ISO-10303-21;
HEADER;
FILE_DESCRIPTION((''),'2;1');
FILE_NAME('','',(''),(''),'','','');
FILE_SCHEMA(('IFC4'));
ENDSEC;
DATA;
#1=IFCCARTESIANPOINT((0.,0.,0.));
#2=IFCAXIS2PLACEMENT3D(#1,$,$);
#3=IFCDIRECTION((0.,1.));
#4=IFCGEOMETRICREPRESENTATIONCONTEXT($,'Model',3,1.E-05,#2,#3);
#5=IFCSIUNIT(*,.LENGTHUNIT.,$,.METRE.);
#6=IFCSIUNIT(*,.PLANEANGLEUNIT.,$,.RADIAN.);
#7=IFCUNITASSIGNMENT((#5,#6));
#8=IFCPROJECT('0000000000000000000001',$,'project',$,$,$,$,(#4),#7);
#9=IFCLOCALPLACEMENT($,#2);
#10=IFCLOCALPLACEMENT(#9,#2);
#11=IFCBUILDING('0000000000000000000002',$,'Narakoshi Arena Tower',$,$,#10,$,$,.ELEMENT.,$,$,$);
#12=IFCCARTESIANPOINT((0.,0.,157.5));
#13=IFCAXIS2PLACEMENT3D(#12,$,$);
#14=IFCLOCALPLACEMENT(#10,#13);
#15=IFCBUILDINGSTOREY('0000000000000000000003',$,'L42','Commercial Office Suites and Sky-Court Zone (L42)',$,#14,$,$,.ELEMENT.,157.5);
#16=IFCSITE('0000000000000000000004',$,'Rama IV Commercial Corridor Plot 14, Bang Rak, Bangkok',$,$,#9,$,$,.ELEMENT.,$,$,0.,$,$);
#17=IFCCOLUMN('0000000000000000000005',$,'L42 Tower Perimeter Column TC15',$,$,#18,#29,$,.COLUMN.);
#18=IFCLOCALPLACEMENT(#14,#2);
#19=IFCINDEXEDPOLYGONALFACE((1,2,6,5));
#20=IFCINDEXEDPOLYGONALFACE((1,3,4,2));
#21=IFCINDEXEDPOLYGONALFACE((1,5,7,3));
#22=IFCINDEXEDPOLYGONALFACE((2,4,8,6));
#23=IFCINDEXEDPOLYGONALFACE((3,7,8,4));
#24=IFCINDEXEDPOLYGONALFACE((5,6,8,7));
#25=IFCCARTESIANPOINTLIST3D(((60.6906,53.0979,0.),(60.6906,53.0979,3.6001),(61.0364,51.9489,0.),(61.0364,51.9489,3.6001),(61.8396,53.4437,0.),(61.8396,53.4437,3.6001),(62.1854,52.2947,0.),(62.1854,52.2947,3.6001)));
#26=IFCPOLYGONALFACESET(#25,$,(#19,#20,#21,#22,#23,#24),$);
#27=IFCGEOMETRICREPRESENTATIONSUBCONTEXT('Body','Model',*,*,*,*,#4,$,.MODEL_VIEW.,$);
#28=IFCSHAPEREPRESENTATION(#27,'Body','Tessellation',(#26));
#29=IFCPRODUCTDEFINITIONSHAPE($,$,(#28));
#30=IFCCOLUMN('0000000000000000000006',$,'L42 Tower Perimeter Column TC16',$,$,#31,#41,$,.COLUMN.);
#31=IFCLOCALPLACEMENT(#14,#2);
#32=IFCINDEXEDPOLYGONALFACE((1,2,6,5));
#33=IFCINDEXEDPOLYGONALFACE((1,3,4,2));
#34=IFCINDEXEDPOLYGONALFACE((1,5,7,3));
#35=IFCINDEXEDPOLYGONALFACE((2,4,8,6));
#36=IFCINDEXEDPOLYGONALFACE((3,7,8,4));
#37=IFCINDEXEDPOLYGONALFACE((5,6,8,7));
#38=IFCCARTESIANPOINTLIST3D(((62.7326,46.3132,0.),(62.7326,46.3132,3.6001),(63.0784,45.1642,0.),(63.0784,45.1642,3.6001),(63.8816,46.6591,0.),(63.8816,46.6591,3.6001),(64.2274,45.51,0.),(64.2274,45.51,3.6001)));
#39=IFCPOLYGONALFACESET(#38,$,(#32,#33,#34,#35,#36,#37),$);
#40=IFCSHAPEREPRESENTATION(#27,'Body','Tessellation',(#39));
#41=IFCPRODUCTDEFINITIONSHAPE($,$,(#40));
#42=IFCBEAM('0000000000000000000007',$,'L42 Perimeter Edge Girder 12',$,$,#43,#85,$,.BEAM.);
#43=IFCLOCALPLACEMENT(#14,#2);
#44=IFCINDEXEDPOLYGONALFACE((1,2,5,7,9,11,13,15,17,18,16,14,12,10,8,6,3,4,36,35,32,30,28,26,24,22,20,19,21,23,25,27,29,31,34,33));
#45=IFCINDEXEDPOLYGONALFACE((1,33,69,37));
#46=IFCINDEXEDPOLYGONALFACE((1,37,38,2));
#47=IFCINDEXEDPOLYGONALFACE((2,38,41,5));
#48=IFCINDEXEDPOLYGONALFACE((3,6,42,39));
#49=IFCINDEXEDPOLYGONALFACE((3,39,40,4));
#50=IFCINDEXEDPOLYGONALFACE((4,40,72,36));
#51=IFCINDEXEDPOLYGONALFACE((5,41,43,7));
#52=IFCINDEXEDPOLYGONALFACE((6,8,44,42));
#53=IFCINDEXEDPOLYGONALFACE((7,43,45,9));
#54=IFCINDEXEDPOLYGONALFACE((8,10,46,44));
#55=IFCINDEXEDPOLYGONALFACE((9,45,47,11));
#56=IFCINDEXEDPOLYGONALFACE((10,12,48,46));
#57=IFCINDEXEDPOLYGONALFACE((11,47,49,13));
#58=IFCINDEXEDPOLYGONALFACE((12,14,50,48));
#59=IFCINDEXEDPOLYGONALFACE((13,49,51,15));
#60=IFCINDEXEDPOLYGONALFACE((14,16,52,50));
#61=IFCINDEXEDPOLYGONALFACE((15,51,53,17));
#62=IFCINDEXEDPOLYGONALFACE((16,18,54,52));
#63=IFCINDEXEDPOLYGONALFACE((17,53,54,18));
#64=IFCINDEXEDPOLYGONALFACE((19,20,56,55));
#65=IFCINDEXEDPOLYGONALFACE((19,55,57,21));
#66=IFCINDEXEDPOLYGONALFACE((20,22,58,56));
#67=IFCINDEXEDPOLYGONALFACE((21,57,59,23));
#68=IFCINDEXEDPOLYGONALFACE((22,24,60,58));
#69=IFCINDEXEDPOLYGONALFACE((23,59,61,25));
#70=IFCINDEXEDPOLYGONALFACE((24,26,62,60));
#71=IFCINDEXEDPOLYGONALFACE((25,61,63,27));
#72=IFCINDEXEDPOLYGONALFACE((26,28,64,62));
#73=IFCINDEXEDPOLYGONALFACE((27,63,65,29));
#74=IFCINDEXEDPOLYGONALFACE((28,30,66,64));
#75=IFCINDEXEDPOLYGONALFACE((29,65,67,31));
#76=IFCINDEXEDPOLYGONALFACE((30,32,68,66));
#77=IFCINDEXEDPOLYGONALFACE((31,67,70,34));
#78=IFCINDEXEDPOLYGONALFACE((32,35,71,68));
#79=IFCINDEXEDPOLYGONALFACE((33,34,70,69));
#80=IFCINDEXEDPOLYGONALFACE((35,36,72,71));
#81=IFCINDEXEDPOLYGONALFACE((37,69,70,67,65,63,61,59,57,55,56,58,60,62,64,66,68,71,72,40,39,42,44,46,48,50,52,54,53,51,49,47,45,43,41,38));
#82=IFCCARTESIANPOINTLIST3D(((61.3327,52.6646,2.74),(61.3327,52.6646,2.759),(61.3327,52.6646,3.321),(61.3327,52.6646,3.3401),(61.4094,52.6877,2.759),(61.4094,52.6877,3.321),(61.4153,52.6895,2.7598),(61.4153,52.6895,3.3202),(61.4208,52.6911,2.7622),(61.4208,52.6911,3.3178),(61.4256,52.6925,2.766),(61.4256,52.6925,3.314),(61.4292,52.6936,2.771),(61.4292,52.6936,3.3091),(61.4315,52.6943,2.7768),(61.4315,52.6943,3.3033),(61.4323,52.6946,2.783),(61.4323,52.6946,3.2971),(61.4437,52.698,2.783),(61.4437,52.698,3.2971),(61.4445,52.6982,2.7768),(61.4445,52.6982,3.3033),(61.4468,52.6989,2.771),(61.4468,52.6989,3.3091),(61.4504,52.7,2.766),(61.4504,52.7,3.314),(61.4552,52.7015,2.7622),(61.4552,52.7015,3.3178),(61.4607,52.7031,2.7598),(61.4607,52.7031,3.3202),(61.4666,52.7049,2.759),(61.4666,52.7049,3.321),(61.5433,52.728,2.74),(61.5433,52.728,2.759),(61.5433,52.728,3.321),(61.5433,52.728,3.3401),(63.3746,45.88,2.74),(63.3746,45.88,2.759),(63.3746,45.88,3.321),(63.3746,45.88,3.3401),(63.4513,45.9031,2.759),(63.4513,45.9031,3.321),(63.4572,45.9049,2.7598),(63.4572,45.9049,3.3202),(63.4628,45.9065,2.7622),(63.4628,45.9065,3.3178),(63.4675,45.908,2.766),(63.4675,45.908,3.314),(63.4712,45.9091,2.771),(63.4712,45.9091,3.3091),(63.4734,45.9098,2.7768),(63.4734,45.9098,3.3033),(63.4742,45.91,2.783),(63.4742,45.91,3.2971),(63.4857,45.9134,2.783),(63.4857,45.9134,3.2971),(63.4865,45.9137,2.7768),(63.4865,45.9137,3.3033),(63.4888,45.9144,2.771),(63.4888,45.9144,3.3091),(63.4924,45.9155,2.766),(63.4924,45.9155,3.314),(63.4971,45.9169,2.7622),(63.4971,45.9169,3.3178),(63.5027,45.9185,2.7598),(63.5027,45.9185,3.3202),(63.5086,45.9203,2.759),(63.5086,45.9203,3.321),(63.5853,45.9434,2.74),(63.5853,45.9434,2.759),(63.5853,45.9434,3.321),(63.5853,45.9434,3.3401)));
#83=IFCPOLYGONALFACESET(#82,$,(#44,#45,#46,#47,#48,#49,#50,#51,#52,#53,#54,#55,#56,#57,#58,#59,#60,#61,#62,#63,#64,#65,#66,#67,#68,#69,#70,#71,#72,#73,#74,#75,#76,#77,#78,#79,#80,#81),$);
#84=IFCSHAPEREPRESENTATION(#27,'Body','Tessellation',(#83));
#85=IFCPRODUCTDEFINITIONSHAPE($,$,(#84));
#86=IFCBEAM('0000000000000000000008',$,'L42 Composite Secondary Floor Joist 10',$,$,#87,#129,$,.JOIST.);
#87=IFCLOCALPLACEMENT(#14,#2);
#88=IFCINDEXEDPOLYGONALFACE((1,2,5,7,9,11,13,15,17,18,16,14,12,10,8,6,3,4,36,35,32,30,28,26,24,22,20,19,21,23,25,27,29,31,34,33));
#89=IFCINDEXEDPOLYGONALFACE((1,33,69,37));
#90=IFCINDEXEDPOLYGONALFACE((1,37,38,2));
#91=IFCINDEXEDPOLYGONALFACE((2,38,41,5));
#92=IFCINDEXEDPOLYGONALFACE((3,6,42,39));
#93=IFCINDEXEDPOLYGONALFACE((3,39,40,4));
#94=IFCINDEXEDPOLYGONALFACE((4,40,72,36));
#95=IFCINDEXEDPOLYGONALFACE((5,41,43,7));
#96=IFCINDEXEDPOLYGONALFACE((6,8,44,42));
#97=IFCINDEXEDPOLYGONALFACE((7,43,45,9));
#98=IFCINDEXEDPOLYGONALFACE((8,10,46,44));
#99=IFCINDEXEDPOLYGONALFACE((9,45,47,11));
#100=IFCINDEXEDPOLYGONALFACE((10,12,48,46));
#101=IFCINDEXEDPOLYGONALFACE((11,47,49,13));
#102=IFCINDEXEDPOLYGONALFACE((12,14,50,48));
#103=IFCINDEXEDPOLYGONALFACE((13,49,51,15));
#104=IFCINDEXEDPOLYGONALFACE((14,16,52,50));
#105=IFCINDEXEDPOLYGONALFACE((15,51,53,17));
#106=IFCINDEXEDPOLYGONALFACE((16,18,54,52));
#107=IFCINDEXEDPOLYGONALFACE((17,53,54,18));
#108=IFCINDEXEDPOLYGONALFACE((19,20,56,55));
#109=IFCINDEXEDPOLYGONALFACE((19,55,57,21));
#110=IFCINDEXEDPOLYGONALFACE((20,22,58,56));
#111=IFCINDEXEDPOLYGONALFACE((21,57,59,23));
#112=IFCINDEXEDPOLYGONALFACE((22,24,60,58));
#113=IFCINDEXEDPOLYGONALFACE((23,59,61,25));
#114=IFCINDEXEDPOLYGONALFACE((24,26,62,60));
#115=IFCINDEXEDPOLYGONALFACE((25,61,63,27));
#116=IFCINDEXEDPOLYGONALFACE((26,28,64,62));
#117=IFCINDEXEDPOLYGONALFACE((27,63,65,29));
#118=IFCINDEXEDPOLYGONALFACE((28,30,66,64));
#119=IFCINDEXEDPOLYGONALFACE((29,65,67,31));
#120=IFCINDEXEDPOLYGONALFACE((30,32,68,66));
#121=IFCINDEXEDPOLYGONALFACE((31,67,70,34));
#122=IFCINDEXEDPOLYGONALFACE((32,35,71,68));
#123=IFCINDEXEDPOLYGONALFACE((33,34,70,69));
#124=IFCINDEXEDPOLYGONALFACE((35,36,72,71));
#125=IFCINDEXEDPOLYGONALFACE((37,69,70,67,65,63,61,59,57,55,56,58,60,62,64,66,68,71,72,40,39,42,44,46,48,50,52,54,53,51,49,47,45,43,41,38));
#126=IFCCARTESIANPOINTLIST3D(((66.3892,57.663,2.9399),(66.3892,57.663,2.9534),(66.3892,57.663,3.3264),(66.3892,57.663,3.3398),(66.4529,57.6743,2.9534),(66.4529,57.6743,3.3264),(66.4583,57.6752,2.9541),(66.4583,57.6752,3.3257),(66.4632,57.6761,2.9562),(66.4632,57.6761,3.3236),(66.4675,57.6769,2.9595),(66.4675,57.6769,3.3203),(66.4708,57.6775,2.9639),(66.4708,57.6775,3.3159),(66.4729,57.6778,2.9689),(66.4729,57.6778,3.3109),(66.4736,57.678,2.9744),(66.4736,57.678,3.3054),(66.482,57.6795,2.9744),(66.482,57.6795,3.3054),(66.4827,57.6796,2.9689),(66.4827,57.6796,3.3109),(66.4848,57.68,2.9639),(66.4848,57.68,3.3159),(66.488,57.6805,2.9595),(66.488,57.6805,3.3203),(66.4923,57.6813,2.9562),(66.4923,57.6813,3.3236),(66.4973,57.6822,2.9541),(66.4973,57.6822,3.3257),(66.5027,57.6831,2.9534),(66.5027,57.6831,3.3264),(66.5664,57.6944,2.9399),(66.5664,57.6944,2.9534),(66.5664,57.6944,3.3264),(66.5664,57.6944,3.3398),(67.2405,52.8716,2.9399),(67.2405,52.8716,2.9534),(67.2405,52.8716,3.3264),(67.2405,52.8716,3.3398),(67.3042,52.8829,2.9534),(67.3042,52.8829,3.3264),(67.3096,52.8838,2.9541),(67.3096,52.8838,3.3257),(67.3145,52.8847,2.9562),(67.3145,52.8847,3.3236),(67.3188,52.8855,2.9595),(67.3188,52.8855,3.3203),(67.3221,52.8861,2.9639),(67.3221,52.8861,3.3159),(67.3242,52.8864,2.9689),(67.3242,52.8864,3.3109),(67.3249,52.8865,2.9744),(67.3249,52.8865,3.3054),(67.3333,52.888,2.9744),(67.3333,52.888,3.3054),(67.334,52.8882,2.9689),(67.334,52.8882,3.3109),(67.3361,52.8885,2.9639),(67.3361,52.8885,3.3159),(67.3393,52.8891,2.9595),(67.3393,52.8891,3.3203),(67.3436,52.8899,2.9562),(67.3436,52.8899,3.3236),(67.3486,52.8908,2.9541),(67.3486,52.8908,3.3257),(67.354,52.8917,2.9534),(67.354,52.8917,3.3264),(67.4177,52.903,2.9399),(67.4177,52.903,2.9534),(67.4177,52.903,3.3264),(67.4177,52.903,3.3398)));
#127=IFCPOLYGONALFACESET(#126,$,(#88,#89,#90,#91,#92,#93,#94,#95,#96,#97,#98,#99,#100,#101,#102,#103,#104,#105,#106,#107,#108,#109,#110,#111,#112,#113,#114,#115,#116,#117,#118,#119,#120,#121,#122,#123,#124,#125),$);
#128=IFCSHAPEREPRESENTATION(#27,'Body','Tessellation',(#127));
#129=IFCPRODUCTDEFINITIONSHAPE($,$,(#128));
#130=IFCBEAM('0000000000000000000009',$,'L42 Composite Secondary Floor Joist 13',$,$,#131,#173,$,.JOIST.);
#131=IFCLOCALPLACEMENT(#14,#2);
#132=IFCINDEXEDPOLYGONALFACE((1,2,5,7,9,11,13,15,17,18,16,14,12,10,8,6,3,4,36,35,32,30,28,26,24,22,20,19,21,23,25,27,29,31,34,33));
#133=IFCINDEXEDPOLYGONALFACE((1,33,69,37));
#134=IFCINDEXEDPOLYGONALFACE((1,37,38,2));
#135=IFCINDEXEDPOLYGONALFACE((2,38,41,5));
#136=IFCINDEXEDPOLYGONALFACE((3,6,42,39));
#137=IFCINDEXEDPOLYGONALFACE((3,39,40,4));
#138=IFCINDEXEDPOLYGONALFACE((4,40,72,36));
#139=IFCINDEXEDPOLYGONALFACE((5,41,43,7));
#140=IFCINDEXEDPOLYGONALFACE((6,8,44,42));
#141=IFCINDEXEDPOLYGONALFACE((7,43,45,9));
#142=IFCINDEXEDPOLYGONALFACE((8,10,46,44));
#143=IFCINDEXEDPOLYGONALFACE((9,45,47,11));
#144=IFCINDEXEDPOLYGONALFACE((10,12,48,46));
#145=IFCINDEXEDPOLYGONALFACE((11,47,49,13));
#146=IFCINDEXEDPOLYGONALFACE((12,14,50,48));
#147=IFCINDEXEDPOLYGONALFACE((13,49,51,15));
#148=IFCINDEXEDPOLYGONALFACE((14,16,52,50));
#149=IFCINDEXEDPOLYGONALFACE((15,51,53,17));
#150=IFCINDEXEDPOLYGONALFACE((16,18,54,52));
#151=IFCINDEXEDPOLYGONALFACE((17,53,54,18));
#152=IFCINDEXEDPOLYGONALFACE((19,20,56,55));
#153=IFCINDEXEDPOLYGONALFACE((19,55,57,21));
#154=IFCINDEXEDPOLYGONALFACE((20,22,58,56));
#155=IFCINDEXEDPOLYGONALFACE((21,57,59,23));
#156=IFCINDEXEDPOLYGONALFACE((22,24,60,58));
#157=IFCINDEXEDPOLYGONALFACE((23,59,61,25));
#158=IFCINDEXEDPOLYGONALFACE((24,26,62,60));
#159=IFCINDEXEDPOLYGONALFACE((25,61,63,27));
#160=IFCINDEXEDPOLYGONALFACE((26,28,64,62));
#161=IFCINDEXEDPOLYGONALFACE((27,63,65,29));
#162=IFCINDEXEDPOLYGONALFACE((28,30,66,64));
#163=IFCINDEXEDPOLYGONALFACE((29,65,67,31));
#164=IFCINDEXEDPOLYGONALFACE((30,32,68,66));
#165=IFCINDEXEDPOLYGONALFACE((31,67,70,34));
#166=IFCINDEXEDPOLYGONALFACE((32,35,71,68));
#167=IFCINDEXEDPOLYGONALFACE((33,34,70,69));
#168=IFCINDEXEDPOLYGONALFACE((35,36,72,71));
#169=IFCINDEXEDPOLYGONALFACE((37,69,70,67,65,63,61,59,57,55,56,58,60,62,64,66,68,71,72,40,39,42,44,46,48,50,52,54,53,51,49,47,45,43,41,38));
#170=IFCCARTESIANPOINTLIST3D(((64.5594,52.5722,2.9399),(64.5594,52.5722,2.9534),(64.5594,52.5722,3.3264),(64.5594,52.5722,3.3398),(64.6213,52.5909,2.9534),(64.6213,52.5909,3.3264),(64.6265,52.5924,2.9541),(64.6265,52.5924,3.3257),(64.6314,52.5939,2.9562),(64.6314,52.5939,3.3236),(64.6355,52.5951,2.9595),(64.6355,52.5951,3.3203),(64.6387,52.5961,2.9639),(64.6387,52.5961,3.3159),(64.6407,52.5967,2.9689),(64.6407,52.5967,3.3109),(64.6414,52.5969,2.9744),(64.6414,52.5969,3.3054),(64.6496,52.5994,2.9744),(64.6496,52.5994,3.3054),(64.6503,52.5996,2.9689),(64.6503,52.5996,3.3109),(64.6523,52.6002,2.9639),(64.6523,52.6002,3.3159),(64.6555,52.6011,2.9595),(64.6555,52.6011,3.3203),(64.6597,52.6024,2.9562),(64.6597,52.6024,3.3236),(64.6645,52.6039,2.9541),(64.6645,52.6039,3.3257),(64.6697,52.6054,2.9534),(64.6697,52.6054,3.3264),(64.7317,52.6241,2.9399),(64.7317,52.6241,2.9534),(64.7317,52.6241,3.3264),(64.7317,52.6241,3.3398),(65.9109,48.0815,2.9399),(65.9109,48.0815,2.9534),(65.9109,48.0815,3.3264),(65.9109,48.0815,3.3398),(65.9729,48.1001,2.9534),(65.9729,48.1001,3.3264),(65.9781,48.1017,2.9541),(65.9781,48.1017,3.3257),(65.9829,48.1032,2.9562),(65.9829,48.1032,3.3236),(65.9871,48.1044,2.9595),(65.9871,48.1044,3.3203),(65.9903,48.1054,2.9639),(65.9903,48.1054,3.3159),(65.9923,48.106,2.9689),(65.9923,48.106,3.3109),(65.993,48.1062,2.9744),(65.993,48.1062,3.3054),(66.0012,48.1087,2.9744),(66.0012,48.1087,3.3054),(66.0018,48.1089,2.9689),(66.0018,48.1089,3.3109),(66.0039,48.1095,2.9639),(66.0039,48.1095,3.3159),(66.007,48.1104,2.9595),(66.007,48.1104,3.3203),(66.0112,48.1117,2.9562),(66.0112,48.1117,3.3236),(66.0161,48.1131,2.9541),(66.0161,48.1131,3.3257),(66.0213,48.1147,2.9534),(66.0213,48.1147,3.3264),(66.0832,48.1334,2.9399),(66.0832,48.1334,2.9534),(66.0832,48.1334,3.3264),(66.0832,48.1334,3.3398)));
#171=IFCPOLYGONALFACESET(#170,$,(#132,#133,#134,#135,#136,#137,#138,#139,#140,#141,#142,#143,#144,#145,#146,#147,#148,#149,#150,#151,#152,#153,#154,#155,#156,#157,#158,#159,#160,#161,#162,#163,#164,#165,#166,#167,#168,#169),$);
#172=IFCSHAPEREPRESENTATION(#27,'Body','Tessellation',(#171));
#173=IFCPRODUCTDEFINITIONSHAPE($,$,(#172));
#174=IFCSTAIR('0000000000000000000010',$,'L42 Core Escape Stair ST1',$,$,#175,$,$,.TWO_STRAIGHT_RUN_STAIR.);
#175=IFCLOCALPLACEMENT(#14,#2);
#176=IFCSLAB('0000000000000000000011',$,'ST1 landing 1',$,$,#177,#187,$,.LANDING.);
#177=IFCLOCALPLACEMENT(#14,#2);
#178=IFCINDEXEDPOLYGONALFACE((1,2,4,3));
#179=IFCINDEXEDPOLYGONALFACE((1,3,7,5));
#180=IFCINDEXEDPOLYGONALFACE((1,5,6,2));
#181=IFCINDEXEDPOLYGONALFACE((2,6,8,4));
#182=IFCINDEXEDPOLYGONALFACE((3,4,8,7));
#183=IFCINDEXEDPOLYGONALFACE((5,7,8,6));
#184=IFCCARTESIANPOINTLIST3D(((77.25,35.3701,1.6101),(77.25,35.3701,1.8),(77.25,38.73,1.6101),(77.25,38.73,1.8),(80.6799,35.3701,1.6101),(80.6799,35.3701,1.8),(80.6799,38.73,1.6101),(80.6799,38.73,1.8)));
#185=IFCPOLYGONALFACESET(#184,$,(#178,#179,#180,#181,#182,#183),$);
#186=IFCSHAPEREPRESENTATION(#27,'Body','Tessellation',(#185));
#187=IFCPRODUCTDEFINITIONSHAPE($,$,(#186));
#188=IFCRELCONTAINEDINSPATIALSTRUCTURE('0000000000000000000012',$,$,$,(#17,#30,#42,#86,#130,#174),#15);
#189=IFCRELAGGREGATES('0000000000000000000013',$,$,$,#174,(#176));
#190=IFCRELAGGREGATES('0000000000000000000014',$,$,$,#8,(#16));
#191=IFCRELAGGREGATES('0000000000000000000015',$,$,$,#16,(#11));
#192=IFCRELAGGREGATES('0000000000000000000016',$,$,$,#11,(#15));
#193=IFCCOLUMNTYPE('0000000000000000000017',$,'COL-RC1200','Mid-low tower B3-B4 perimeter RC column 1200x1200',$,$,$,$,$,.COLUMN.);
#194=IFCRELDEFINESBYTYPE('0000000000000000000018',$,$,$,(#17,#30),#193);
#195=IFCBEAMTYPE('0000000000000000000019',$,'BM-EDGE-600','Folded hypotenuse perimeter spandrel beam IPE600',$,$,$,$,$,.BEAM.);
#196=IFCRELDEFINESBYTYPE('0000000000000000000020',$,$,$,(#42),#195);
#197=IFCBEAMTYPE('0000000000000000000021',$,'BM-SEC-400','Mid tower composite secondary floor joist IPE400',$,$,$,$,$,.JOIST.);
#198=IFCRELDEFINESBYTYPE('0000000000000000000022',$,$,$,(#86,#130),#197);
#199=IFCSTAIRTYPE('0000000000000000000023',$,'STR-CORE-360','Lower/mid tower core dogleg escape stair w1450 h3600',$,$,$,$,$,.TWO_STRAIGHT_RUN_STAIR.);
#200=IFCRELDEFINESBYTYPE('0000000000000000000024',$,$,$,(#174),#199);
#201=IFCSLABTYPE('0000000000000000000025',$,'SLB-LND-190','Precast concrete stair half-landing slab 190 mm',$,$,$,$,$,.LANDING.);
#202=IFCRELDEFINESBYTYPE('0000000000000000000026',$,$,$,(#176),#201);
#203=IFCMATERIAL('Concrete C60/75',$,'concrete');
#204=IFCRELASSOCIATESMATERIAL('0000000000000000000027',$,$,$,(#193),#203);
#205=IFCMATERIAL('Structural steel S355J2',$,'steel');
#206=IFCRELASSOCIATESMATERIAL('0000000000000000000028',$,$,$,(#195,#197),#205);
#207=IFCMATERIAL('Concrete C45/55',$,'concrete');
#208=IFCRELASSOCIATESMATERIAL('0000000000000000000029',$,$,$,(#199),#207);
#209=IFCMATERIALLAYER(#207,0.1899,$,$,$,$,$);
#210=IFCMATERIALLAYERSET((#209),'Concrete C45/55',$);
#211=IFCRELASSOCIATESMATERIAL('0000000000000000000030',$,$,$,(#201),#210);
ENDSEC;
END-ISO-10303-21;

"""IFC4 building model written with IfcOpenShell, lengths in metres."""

from ifc_helpers import new_model, si_unit, direction, frame, origin, origin_2d, place, context, subcontext, project, spatial, polyline, rectangle, i_section, outline, extrude, material, layer, layer_set, material_profile, profile_set, type_object, element, aggregate, save


model = new_model("IFC4")

# Units and contexts
model_context = context("Model", 3, precision=1e-05, world=origin(), true_north=direction((0.0, 1.0)))
body_context = subcontext(model_context, "Body", "Model", "MODEL_VIEW")
ifc_project = project(units=[si_unit("LENGTHUNIT", "METRE"), si_unit("PLANEANGLEUNIT", "RADIAN")], contexts=[model_context])

# Site, building, storey
site_placement = place(None, origin())
site = spatial("IfcSite", under=ifc_project, at=site_placement, Name="Rama IV Commercial Corridor Plot 14, Bang Rak, Bangkok", CompositionType="ELEMENT", RefElevation=0.0)
building_placement = place(site_placement, origin())
building = spatial("IfcBuilding", under=site, at=building_placement, Name="Narakoshi Arena Tower", CompositionType="ELEMENT")
storey_placement = place(building_placement, frame((0.0, 0.0, 157.5)))
storey = spatial("IfcBuildingStorey", under=building, at=storey_placement, Name="L42", Description="Commercial Office Suites and Sky-Court Zone (L42)", CompositionType="ELEMENT", Elevation=157.5)

# Columns
ifc_material_1 = material(Name="Concrete C60/75", Category="concrete")
ifc_material_profile_1 = material_profile(ifc_material_1, rectangle(XDim=1.2, YDim=1.2, at=origin_2d()), Name="RC1200x1200")
ifc_profile_set_1 = profile_set([ifc_material_profile_1], Name="Concrete C60/75")
column_type = type_object("IfcColumnType", Name="COL-RC1200", Description="Mid-low tower B3-B4 perimeter RC column 1200x1200", PredefinedType="COLUMN", material=ifc_profile_set_1)
for number, where, z_axis, x_axis, name in (
    (1, (61.438, 52.6963, 0.0), (0.0, 0.0, 1.0), (-0.288196, 0.957571, 0.0), "L42 Tower Perimeter Column TC15"),
    (2, (63.48, 45.9116, 0.0), (0.0, 0.0, 1.0), (-0.288196, 0.957571, 0.0), "L42 Tower Perimeter Column TC16"),
):
    element("IfcColumn", number, at=place(storey_placement, frame(where, z_axis=z_axis, x_axis=x_axis)), inside=storey, type_object=column_type, Name=name, PredefinedType="COLUMN", context=body_context, shape_type="SweptSolid", body=[
        extrude(rectangle(XDim=1.2, YDim=1.2, at=origin_2d()), origin(), (0.0, 0.0, 1.0), 3.6001),
    ])

# Beams
ifc_material_2 = material(Name="Structural steel S355J2", Category="steel")
ifc_material_profile_2 = material_profile(ifc_material_2, i_section(OverallWidth=0.22, OverallDepth=0.6001, WebThickness=0.012, FlangeThickness=0.019, FilletRadius=0.0239, at=origin_2d()), Name="IPE600")
ifc_profile_set_2 = profile_set([ifc_material_profile_2], Name="Structural steel S355J2")
beam_type_1 = type_object("IfcBeamType", Name="BM-EDGE-600", Description="Folded hypotenuse perimeter spandrel beam IPE600", PredefinedType="BEAM", material=ifc_profile_set_2)
beam_1_placement = place(storey_placement, frame((61.438, 52.6963, 3.04), z_axis=(0.288201, -0.95757, 0.0), x_axis=(0.95757, 0.288201, 0.0)))
element("IfcBeam", 3, at=beam_1_placement, inside=storey, type_object=beam_type_1, Name="L42 Perimeter Edge Girder 12", PredefinedType="BEAM", context=body_context, shape_type="SweptSolid", body=[
    extrude(i_section(OverallWidth=0.22, OverallDepth=0.6001, WebThickness=0.012, FlangeThickness=0.019, FilletRadius=0.0239, at=origin_2d()), origin(), (0.0, 0.0, 1.0), 7.0852),
])
ifc_material_profile_3 = material_profile(ifc_material_2, i_section(OverallWidth=0.1799, OverallDepth=0.3999, WebThickness=0.0085, FlangeThickness=0.0134, FilletRadius=0.021, at=origin_2d()), Name="IPE400")
ifc_profile_set_3 = profile_set([ifc_material_profile_3], Name="Structural steel S355J2")
beam_type_2 = type_object("IfcBeamType", Name="BM-SEC-400", Description="Mid tower composite secondary floor joist IPE400", PredefinedType="JOIST", material=ifc_profile_set_3)
beam_2_placement = place(storey_placement, frame((66.4778, 57.6787, 3.1399), z_axis=(0.174933, -0.98458, 0.0), x_axis=(0.98458, 0.174933, 0.0)))
element("IfcBeam", 4, at=beam_2_placement, inside=storey, type_object=beam_type_2, Name="L42 Composite Secondary Floor Joist 10", PredefinedType="JOIST", context=body_context, shape_type="SweptSolid", body=[
    extrude(i_section(OverallWidth=0.1799, OverallDepth=0.3999, WebThickness=0.0085, FlangeThickness=0.0134, FilletRadius=0.021, at=origin_2d()), origin(), (0.0, 0.0, 1.0), 4.8665),
])
beam_3_placement = place(storey_placement, frame((64.6455, 52.5981, 3.1399), z_axis=(0.288198, -0.957571, 0.0), x_axis=(0.957571, 0.288198, 0.0)))
element("IfcBeam", 5, at=beam_3_placement, inside=storey, type_object=beam_type_2, Name="L42 Composite Secondary Floor Joist 13", PredefinedType="JOIST", context=body_context, shape_type="SweptSolid", body=[
    extrude(i_section(OverallWidth=0.1799, OverallDepth=0.3999, WebThickness=0.0085, FlangeThickness=0.0134, FilletRadius=0.021, at=origin_2d()), origin(), (0.0, 0.0, 1.0), 4.6897),
])

# Stair, slab
ifc_material_3 = material(Name="Concrete C45/55", Category="concrete")
stair_type = type_object("IfcStairType", Name="STR-CORE-360", Description="Lower/mid tower core dogleg escape stair w1450 h3600", PredefinedType="TWO_STRAIGHT_RUN_STAIR", material=ifc_material_3)
stair_1_placement = place(storey_placement, origin())
stair_1 = element("IfcStair", 6, at=stair_1_placement, inside=storey, type_object=stair_type, Name="L42 Core Escape Stair ST1", PredefinedType="TWO_STRAIGHT_RUN_STAIR")
ifc_layer_1 = layer(ifc_material_3, 0.1899)
ifc_layer_set_1 = layer_set([ifc_layer_1], Name="Concrete C45/55")
slab_type_1 = type_object("IfcSlabType", Name="SLB-LND-190", Description="Precast concrete stair half-landing slab 190 mm", PredefinedType="LANDING", material=ifc_layer_set_1)
slab_1_placement = place(storey_placement, frame((0.0, 0.0, 1.6101)))
slab_1 = element("IfcSlab", 7, at=slab_1_placement, type_object=slab_type_1, Name="ST1 landing 1", PredefinedType="LANDING", context=body_context, shape_type="SweptSolid", body=[
    extrude(outline(polyline([(77.25, 35.3701), (80.6799, 35.3701), (80.6799, 38.73), (77.25, 38.73), (77.25, 35.3701)])), origin(), (0.0, 0.0, 1.0), 0.1899),
])
aggregate(stair_1, [slab_1])

save(model, "model.ifc")
